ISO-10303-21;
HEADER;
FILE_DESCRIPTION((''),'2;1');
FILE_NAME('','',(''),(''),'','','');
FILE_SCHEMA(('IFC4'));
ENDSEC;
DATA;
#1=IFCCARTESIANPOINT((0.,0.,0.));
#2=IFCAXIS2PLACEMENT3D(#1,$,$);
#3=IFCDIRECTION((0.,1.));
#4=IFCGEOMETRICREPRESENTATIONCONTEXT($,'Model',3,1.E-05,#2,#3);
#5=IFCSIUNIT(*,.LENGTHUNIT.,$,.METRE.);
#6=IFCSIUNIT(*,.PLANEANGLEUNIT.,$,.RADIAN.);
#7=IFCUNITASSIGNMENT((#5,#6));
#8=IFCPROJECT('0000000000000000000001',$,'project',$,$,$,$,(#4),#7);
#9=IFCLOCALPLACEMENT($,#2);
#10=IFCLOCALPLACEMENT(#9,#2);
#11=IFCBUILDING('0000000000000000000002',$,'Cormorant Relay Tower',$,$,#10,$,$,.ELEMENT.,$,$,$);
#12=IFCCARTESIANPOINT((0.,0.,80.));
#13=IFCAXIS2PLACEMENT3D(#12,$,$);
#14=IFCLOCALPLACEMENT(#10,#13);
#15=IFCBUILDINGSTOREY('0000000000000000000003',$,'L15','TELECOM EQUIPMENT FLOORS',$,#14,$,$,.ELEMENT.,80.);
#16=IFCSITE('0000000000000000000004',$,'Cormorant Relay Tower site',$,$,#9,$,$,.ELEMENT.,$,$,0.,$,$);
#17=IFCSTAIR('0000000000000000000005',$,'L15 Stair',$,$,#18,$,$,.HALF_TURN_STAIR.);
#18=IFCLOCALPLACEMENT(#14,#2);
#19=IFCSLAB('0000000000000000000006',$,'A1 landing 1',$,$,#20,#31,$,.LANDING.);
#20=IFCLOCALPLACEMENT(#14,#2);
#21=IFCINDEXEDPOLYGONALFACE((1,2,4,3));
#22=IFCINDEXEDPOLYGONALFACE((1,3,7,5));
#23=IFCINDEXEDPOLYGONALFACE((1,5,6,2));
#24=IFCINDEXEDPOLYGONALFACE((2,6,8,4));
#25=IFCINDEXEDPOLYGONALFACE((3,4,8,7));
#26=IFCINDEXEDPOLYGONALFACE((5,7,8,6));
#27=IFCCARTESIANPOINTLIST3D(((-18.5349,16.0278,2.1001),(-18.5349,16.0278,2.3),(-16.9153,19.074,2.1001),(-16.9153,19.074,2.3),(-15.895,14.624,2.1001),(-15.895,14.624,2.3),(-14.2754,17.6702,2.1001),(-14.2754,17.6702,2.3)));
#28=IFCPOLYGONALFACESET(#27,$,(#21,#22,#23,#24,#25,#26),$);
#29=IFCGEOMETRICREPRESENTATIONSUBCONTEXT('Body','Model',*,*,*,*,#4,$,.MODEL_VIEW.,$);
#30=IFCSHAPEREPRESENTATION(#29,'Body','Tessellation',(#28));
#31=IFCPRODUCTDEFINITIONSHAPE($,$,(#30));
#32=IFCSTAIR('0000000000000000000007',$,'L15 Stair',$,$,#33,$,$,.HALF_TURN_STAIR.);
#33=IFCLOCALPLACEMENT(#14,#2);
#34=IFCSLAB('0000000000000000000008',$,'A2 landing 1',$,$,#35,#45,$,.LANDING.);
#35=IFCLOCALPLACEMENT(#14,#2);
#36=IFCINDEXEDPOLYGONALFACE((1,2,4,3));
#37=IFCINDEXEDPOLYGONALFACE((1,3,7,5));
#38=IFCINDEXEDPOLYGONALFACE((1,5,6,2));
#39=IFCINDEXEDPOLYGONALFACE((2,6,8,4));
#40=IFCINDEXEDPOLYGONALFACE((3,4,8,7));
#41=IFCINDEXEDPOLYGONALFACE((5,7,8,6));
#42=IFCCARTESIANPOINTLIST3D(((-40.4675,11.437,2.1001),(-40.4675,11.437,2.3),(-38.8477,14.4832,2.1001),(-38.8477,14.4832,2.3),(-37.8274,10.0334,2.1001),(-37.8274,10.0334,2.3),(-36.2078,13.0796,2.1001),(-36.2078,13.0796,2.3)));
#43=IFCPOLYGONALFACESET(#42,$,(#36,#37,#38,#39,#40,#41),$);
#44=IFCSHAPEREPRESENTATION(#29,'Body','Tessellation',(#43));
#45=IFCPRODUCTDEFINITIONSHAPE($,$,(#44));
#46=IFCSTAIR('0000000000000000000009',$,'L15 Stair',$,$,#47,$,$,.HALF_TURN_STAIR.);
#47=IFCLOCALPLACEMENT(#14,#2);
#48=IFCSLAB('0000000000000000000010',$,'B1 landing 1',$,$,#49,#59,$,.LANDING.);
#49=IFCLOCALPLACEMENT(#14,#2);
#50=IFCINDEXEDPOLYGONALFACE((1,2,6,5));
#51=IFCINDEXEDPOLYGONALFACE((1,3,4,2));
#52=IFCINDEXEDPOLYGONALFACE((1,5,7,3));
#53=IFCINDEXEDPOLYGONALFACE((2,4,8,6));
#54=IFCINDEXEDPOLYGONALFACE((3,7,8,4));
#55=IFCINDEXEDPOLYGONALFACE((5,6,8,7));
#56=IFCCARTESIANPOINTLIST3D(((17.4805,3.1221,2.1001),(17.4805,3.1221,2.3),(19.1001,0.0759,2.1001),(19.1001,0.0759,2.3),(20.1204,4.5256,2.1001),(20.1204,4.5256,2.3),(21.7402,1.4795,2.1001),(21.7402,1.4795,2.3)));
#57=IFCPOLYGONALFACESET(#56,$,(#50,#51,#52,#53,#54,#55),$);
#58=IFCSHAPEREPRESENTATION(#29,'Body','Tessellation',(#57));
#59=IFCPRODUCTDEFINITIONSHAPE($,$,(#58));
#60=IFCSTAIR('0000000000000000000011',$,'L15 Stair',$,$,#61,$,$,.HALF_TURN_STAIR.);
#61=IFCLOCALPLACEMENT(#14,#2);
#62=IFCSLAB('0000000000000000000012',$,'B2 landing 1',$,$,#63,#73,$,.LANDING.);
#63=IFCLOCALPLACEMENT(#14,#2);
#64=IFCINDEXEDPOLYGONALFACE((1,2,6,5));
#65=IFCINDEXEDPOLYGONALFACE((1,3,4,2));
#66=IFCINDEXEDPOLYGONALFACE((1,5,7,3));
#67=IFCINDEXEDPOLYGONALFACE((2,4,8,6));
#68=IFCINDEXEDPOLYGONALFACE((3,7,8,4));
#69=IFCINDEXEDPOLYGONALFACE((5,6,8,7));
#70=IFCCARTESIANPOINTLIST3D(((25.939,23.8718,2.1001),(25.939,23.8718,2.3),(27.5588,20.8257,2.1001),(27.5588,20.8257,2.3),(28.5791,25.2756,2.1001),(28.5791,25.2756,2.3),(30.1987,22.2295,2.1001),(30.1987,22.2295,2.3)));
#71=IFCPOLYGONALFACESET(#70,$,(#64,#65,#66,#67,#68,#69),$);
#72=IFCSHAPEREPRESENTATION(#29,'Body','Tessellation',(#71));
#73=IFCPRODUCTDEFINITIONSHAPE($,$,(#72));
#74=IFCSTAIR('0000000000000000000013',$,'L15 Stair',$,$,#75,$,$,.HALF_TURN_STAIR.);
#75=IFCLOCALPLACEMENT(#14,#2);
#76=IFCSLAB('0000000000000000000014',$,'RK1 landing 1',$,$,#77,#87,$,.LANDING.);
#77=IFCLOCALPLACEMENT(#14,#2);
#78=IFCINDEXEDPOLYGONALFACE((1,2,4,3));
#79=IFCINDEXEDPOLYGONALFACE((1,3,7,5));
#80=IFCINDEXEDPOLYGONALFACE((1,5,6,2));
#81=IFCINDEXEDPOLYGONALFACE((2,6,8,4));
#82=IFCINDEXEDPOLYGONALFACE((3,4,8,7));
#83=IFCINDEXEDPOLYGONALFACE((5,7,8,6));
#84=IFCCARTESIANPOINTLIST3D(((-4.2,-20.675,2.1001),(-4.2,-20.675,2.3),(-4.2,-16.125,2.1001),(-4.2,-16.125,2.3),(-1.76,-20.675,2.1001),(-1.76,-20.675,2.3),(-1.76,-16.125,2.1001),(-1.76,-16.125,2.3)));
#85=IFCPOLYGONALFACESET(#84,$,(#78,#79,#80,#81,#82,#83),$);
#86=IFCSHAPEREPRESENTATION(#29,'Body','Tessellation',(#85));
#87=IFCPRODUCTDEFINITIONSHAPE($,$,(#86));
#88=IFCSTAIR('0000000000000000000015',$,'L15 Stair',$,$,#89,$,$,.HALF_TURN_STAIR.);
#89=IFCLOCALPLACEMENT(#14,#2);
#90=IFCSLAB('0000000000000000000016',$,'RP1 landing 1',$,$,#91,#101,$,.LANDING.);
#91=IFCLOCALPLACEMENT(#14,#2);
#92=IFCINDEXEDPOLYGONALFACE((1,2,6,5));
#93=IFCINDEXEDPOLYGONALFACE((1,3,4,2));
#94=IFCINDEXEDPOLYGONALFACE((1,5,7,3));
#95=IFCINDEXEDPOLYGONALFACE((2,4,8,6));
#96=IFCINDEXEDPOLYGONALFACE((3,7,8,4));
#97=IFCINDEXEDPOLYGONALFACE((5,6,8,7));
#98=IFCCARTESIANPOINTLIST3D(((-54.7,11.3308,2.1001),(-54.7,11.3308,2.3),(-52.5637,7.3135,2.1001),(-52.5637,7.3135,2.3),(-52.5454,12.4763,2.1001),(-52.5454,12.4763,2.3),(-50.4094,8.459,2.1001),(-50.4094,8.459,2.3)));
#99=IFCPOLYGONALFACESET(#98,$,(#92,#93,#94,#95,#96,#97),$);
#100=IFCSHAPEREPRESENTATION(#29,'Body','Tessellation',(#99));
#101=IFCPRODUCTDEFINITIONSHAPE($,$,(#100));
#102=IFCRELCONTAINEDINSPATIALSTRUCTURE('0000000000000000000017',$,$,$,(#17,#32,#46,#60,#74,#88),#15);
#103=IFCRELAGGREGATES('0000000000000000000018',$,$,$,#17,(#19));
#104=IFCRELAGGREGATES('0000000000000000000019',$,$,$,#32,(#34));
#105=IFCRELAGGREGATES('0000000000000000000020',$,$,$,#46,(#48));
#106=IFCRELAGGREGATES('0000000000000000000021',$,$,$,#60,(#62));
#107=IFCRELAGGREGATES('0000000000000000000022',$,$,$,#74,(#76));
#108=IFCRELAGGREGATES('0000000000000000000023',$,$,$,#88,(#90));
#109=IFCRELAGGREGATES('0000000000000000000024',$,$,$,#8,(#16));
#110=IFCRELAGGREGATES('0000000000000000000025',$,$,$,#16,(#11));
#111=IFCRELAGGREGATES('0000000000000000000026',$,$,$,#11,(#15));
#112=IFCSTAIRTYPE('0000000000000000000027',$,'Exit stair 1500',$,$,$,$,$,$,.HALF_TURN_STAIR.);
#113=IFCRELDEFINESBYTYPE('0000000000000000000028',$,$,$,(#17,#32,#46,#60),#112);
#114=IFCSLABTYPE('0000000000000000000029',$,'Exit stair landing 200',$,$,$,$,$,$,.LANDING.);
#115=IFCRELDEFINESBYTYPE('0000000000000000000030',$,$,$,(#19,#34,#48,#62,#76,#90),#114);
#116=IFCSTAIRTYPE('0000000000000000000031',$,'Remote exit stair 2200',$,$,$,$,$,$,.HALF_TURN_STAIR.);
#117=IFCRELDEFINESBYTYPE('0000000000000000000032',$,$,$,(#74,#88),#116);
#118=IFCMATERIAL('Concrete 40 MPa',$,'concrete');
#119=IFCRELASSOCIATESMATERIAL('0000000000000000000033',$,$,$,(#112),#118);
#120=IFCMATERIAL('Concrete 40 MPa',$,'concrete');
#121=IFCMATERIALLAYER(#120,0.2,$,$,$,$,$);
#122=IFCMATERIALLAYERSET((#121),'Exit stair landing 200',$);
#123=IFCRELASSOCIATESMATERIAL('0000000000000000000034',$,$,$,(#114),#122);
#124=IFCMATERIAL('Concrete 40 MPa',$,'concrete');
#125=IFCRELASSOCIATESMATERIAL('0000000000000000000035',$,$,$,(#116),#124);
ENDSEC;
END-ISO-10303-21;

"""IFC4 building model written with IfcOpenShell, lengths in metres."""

from ifc_helpers import new_model, si_unit, direction, frame, origin, place, context, subcontext, project, spatial, polyline, outline, extrude, material, layer, layer_set, type_object, element, aggregate, save


model = new_model("IFC4")

# Units and contexts
model_context = context("Model", 3, precision=1e-05, world=origin(), true_north=direction((0.0, 1.0)))
body_context = subcontext(model_context, "Body", "Model", "MODEL_VIEW")
ifc_project = project(units=[si_unit("LENGTHUNIT", "METRE"), si_unit("PLANEANGLEUNIT", "RADIAN")], contexts=[model_context])

# Site, building, storey
site_placement = place(None, origin())
site = spatial("IfcSite", under=ifc_project, at=site_placement, Name="Cormorant Relay Tower site", CompositionType="ELEMENT", RefElevation=0.0)
building_placement = place(site_placement, origin())
building = spatial("IfcBuilding", under=site, at=building_placement, Name="Cormorant Relay Tower", CompositionType="ELEMENT")
storey_placement = place(building_placement, frame((0.0, 0.0, 80.0)))
storey = spatial("IfcBuildingStorey", under=building, at=storey_placement, Name="L15", Description="TELECOM EQUIPMENT FLOORS", CompositionType="ELEMENT", Elevation=80.0)

# Stairs, slabs
ifc_material_1 = material(Name="Concrete 40 MPa", Category="concrete")
stair_type_1 = type_object("IfcStairType", Name="Exit stair 1500", PredefinedType="HALF_TURN_STAIR", material=ifc_material_1)
stair_1_placement = place(storey_placement, origin())
stair_1 = element("IfcStair", 1, at=stair_1_placement, inside=storey, type_object=stair_type_1, Name="L15 Stair", PredefinedType="HALF_TURN_STAIR")
ifc_material_2 = material(Name="Concrete 40 MPa", Category="concrete")
ifc_layer_1 = layer(ifc_material_2, 0.2)
ifc_layer_set_1 = layer_set([ifc_layer_1], Name="Exit stair landing 200")
slab_type_1 = type_object("IfcSlabType", Name="Exit stair landing 200", PredefinedType="LANDING", material=ifc_layer_set_1)
slab_1_placement = place(storey_placement, frame((0.0, 0.0, 2.1001)))
slab_1 = element("IfcSlab", 2, at=slab_1_placement, type_object=slab_type_1, Name="A1 landing 1", PredefinedType="LANDING", context=body_context, shape_type="SweptSolid", body=[
    extrude(outline(polyline([(-18.5349, 16.0278), (-15.895, 14.624), (-14.2754, 17.6702), (-16.9153, 19.074), (-18.5349, 16.0278)])), origin(), (0.0, 0.0, 1.0), 0.2),
])
aggregate(stair_1, [slab_1])
stair_2_placement = place(storey_placement, origin())
stair_2 = element("IfcStair", 3, at=stair_2_placement, inside=storey, type_object=stair_type_1, Name="L15 Stair", PredefinedType="HALF_TURN_STAIR")
slab_2_placement = place(storey_placement, frame((0.0, 0.0, 2.1001)))
slab_2 = element("IfcSlab", 4, at=slab_2_placement, type_object=slab_type_1, Name="A2 landing 1", PredefinedType="LANDING", context=body_context, shape_type="SweptSolid", body=[
    extrude(outline(polyline([(-36.2078, 13.0796), (-38.8477, 14.4832), (-40.4675, 11.437), (-37.8274, 10.0334), (-36.2078, 13.0796)])), origin(), (0.0, 0.0, 1.0), 0.2),
])
aggregate(stair_2, [slab_2])
stair_3_placement = place(storey_placement, origin())
stair_3 = element("IfcStair", 5, at=stair_3_placement, inside=storey, type_object=stair_type_1, Name="L15 Stair", PredefinedType="HALF_TURN_STAIR")
slab_3_placement = place(storey_placement, frame((0.0, 0.0, 2.1001)))
slab_3 = element("IfcSlab", 6, at=slab_3_placement, type_object=slab_type_1, Name="B1 landing 1", PredefinedType="LANDING", context=body_context, shape_type="SweptSolid", body=[
    extrude(outline(polyline([(20.1204, 4.5256), (17.4805, 3.1221), (19.1001, 0.0759), (21.7402, 1.4795), (20.1204, 4.5256)])), origin(), (0.0, 0.0, 1.0), 0.2),
])
aggregate(stair_3, [slab_3])
stair_4_placement = place(storey_placement, origin())
stair_4 = element("IfcStair", 7, at=stair_4_placement, inside=storey, type_object=stair_type_1, Name="L15 Stair", PredefinedType="HALF_TURN_STAIR")
slab_4_placement = place(storey_placement, frame((0.0, 0.0, 2.1001)))
slab_4 = element("IfcSlab", 8, at=slab_4_placement, type_object=slab_type_1, Name="B2 landing 1", PredefinedType="LANDING", context=body_context, shape_type="SweptSolid", body=[
    extrude(outline(polyline([(27.5588, 20.8257), (30.1987, 22.2295), (28.5791, 25.2756), (25.939, 23.8718), (27.5588, 20.8257)])), origin(), (0.0, 0.0, 1.0), 0.2),
])
aggregate(stair_4, [slab_4])
ifc_material_3 = material(Name="Concrete 40 MPa", Category="concrete")
stair_type_2 = type_object("IfcStairType", Name="Remote exit stair 2200", PredefinedType="HALF_TURN_STAIR", material=ifc_material_3)
stair_5_placement = place(storey_placement, origin())
stair_5 = element("IfcStair", 9, at=stair_5_placement, inside=storey, type_object=stair_type_2, Name="L15 Stair", PredefinedType="HALF_TURN_STAIR")
slab_5_placement = place(storey_placement, frame((0.0, 0.0, 2.1001)))
slab_5 = element("IfcSlab", 10, at=slab_5_placement, type_object=slab_type_1, Name="RK1 landing 1", PredefinedType="LANDING", context=body_context, shape_type="SweptSolid", body=[
    extrude(outline(polyline([(-1.76, -16.125), (-4.2, -16.125), (-4.2, -20.675), (-1.76, -20.675), (-1.76, -16.125)])), origin(), (0.0, 0.0, 1.0), 0.2),
])
aggregate(stair_5, [slab_5])
stair_6_placement = place(storey_placement, origin())
stair_6 = element("IfcStair", 11, at=stair_6_placement, inside=storey, type_object=stair_type_2, Name="L15 Stair", PredefinedType="HALF_TURN_STAIR")
slab_6_placement = place(storey_placement, frame((0.0, 0.0, 2.1001)))
slab_6 = element("IfcSlab", 12, at=slab_6_placement, type_object=slab_type_1, Name="RP1 landing 1", PredefinedType="LANDING", context=body_context, shape_type="SweptSolid", body=[
    extrude(outline(polyline([(-52.5454, 12.4763), (-54.7, 11.3308), (-52.5637, 7.3135), (-50.4094, 8.459), (-52.5454, 12.4763)])), origin(), (0.0, 0.0, 1.0), 0.2),
])
aggregate(stair_6, [slab_6])

save(model, "model.ifc")
